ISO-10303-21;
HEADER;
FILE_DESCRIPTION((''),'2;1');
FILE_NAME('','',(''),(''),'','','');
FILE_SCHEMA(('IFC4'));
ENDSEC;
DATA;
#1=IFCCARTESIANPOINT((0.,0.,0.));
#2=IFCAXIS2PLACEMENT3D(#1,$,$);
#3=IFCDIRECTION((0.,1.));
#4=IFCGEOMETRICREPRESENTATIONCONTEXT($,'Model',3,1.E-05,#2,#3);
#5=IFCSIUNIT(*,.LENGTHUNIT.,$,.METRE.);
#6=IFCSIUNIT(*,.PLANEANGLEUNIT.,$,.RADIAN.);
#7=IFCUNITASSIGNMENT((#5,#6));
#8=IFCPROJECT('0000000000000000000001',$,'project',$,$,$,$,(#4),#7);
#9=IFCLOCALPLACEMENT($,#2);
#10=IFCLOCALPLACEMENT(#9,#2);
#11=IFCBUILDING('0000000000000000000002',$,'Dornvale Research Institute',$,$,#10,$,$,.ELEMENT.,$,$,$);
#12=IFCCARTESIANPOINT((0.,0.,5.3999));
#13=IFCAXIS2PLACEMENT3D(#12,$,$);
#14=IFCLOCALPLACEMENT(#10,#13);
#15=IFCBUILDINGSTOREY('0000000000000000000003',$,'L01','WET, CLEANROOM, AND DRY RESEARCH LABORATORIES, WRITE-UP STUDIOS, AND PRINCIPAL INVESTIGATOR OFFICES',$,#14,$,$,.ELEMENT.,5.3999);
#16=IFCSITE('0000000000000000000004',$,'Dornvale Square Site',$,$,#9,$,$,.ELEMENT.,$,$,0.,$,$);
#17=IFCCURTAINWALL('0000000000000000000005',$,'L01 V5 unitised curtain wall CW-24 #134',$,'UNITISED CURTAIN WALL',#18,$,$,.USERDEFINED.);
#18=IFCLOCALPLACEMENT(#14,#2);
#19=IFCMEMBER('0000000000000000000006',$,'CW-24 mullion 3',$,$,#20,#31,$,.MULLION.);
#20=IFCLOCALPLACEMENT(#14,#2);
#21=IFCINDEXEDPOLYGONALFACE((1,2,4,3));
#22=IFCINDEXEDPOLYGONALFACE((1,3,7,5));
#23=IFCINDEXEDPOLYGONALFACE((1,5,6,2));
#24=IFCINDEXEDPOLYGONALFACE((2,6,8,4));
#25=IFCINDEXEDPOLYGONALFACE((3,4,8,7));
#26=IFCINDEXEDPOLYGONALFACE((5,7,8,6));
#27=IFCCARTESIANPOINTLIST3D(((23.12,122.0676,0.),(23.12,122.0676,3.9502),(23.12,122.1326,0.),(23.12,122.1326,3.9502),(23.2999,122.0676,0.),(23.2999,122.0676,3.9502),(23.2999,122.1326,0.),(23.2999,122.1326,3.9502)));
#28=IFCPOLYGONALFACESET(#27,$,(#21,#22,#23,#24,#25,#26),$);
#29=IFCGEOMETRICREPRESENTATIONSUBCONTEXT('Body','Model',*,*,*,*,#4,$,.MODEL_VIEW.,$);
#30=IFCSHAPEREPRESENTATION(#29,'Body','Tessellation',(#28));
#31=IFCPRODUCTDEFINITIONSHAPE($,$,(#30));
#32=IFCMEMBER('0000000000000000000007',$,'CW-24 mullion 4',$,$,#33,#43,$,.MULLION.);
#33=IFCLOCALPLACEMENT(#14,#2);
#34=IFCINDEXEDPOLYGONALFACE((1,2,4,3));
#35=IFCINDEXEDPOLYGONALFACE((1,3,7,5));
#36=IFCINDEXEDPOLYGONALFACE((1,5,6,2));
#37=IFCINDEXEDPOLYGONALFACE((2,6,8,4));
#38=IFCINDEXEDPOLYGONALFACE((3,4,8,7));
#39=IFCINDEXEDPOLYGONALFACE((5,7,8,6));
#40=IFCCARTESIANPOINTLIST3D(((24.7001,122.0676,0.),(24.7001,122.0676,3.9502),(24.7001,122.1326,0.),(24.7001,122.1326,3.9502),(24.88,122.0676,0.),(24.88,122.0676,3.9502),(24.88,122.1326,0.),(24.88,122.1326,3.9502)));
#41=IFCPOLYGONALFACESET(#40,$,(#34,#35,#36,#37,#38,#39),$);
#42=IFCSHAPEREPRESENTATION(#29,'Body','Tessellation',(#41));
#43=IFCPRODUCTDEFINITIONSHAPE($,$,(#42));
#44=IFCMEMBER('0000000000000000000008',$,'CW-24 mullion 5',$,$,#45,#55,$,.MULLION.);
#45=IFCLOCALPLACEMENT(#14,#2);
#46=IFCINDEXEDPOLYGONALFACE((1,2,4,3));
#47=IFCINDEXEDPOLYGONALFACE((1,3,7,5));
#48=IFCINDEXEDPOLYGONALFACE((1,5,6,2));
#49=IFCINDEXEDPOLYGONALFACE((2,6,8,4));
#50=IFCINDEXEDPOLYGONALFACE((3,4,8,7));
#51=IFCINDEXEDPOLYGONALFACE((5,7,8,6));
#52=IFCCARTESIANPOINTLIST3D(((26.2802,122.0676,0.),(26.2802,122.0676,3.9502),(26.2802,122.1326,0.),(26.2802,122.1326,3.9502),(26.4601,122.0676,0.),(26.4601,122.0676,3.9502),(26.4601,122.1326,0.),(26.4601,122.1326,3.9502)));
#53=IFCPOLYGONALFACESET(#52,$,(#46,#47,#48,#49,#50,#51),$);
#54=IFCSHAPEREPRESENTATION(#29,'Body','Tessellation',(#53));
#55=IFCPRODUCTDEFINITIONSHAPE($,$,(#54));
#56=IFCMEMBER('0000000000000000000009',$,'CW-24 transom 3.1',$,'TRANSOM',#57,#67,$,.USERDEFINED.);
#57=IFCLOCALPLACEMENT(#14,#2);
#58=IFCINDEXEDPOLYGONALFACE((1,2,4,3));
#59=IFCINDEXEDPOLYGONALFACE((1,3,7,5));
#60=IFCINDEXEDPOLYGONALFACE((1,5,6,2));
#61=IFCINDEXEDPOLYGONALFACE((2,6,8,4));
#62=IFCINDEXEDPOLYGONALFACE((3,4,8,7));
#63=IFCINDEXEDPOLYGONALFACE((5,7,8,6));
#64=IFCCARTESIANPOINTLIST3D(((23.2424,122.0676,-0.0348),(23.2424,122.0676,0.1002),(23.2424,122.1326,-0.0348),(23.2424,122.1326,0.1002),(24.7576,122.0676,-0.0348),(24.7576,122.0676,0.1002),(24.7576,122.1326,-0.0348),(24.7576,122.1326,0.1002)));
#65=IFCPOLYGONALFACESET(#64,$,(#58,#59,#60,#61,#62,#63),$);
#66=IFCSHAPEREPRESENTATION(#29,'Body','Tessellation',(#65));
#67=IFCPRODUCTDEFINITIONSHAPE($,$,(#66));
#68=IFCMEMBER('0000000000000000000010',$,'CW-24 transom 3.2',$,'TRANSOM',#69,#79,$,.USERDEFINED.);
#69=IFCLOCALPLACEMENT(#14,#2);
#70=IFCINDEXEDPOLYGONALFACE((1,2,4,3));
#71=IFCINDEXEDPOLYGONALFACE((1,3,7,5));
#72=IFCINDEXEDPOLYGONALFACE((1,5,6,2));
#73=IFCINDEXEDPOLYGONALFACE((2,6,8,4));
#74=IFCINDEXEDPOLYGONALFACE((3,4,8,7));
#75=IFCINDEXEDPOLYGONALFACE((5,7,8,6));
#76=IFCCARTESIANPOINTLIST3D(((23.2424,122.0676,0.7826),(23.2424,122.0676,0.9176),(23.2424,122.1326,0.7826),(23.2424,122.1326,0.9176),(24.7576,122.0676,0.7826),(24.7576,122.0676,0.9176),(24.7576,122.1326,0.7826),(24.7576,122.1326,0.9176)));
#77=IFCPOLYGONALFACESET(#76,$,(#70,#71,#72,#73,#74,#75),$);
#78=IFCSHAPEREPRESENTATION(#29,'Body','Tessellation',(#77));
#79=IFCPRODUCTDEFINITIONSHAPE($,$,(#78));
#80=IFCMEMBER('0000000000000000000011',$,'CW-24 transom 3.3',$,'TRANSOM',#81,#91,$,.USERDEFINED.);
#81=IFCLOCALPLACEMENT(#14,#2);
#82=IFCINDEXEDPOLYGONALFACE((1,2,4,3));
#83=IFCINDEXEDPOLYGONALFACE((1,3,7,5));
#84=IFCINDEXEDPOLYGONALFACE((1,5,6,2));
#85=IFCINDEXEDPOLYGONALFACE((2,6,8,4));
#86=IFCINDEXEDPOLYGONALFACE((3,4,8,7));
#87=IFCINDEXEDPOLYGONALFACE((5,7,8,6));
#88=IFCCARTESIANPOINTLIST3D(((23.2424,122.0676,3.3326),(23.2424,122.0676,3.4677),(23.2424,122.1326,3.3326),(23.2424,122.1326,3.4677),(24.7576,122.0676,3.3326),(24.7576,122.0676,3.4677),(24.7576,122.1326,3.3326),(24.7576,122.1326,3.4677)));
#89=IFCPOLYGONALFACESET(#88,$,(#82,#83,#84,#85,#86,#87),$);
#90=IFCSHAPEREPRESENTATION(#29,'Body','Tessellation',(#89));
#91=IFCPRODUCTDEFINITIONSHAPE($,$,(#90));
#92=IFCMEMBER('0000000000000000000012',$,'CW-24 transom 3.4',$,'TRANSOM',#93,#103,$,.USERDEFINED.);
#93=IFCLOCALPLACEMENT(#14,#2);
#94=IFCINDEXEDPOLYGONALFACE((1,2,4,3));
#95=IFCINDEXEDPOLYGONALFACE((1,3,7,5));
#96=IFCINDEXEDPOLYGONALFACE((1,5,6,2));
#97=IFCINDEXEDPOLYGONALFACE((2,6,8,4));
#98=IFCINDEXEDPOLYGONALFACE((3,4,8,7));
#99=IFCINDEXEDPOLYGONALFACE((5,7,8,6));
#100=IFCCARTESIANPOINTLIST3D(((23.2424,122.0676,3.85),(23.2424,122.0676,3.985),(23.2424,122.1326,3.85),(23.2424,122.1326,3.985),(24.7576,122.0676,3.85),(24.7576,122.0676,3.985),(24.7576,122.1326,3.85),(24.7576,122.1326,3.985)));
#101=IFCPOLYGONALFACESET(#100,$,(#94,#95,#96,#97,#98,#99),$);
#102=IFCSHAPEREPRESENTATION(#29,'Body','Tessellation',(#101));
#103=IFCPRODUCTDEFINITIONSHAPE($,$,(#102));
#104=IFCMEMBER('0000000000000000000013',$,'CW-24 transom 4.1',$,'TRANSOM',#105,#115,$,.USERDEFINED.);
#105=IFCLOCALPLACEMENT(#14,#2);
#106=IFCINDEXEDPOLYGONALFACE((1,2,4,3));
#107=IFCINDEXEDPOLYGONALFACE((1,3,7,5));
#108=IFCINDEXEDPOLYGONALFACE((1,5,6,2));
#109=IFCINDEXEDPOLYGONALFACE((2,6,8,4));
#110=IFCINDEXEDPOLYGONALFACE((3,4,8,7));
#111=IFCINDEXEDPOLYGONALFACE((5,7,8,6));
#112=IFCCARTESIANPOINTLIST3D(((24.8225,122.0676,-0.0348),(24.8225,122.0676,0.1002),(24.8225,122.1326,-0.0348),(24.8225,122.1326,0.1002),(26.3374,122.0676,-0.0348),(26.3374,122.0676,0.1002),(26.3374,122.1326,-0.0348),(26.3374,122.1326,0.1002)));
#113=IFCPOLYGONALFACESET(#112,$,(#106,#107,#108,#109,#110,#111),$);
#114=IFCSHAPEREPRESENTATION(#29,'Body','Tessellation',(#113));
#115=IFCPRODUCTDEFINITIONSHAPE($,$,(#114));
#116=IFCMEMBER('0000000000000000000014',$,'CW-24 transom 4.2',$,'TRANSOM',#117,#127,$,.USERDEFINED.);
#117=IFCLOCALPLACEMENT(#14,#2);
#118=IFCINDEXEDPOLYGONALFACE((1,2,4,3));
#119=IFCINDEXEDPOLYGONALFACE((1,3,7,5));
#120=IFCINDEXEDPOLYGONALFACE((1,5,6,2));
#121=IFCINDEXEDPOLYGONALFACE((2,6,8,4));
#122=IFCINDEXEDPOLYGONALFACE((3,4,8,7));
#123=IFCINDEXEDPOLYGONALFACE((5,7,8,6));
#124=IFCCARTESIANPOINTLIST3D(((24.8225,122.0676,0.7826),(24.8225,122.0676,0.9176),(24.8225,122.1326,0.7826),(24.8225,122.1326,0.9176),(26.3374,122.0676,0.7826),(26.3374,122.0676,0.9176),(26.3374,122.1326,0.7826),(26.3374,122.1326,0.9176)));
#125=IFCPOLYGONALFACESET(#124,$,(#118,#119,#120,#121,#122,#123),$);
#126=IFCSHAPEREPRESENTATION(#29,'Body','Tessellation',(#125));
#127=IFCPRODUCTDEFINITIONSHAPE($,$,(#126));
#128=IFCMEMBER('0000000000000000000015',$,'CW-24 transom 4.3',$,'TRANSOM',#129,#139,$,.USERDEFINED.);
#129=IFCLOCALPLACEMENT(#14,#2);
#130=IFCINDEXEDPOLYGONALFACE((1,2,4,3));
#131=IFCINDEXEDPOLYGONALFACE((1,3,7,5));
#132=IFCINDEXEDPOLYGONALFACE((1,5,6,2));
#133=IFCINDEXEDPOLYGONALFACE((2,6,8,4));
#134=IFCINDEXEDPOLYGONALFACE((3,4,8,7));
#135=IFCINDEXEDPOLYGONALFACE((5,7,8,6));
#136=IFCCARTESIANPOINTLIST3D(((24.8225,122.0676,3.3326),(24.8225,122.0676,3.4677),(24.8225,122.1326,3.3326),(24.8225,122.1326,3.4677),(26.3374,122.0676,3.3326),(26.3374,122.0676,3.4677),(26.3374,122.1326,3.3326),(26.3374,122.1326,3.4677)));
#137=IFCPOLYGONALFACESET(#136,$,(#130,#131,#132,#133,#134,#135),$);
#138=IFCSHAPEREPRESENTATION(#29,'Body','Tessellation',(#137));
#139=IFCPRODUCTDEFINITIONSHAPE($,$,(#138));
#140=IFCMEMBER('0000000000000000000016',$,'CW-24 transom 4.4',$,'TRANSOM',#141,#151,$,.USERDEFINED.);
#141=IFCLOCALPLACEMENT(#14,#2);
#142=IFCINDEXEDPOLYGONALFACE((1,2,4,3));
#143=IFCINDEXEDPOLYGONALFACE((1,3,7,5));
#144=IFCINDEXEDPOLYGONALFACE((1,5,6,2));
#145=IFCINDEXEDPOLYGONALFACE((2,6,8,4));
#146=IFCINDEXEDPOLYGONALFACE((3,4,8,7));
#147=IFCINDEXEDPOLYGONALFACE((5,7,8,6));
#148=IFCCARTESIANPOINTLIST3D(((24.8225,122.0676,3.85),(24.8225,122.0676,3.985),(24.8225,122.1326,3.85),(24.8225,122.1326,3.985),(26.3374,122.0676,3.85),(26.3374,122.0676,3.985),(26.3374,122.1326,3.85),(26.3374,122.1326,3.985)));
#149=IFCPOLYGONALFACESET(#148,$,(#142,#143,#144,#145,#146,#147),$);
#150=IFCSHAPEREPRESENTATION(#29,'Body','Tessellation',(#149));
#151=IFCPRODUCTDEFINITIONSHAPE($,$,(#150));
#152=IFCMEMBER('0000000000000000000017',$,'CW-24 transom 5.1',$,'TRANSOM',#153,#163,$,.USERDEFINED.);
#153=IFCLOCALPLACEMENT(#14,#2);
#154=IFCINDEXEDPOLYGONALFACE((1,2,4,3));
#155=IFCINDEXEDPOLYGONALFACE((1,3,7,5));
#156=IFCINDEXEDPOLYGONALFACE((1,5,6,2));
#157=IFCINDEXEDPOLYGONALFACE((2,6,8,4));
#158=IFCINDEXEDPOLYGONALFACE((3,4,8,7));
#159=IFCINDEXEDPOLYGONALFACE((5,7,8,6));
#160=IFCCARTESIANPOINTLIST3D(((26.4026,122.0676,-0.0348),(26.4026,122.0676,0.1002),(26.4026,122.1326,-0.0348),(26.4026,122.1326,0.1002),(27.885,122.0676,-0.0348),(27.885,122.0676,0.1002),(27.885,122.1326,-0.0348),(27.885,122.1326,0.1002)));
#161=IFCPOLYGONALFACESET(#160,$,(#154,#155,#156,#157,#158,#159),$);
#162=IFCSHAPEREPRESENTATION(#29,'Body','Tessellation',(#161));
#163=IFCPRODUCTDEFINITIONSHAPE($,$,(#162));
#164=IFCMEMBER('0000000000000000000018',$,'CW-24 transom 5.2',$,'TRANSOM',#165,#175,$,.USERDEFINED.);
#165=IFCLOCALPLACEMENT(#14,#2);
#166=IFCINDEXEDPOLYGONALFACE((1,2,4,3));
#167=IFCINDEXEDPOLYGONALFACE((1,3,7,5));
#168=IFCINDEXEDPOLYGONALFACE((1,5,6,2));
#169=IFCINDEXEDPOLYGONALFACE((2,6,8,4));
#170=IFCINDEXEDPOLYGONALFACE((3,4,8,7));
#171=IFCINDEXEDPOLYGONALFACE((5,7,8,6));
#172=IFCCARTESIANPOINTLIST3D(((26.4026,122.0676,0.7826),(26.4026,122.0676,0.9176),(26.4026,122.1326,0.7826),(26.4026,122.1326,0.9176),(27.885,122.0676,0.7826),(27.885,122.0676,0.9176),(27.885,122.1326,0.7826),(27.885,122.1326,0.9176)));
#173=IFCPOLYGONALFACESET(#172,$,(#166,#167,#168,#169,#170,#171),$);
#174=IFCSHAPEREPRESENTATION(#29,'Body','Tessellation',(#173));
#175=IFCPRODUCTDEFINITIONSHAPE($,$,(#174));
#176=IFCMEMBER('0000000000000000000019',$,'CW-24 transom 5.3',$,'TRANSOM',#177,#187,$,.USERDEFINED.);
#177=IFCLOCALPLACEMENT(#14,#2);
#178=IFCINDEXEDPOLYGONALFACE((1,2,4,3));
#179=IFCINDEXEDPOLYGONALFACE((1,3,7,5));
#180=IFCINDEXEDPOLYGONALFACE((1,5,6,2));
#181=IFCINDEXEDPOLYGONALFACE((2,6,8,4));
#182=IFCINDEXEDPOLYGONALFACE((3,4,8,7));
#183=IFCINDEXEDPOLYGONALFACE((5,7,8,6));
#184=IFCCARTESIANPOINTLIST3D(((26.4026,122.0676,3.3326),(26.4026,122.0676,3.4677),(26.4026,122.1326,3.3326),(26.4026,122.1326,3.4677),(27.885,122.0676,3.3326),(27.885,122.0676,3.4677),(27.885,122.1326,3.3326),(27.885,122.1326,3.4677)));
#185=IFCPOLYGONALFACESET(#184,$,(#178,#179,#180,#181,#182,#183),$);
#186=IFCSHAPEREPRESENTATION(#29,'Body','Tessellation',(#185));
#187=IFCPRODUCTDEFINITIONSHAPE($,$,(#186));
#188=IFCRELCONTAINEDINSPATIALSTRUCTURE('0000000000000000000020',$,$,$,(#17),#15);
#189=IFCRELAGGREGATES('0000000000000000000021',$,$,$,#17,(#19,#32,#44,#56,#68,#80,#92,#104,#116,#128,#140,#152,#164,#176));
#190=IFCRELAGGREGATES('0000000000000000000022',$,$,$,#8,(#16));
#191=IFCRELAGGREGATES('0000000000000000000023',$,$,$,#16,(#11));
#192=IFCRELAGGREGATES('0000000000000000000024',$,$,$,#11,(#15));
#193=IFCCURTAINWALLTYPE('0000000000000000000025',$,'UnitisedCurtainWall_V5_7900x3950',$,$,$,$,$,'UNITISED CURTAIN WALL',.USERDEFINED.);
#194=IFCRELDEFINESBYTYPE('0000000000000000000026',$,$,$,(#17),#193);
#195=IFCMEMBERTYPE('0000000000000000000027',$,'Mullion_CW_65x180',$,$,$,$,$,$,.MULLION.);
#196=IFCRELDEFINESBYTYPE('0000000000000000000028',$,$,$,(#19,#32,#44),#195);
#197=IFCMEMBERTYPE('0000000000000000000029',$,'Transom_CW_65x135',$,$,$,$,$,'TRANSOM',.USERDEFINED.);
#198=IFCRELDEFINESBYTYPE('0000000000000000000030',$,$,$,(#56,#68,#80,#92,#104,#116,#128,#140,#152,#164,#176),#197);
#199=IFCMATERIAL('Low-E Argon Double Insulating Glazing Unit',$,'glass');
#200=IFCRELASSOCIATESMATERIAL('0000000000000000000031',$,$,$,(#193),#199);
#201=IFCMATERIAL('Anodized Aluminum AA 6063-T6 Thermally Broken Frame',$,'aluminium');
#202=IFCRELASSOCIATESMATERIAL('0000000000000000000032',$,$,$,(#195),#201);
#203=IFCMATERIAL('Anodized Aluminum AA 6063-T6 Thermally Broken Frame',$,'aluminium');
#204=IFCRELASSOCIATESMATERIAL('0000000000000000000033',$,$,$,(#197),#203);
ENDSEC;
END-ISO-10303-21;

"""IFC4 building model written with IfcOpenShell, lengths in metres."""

from ifc_helpers import new_model, si_unit, direction, frame, origin, origin_2d, place, context, subcontext, project, spatial, rectangle, extrude, material, material_profile, profile_set, type_object, element, aggregate, save


model = new_model("IFC4")

# Units and contexts
model_context = context("Model", 3, precision=1e-05, world=origin(), true_north=direction((0.0, 1.0)))
body_context = subcontext(model_context, "Body", "Model", "MODEL_VIEW")
ifc_project = project(units=[si_unit("LENGTHUNIT", "METRE"), si_unit("PLANEANGLEUNIT", "RADIAN")], contexts=[model_context])

# Site, building, storey
site_placement = place(None, origin())
site = spatial("IfcSite", under=ifc_project, at=site_placement, Name="Dornvale Square Site", CompositionType="ELEMENT", RefElevation=0.0)
building_placement = place(site_placement, origin())
building = spatial("IfcBuilding", under=site, at=building_placement, Name="Dornvale Research Institute", CompositionType="ELEMENT")
storey_placement = place(building_placement, frame((0.0, 0.0, 5.3999)))
storey = spatial("IfcBuildingStorey", under=building, at=storey_placement, Name="L01", Description="WET, CLEANROOM, AND DRY RESEARCH LABORATORIES, WRITE-UP STUDIOS, AND PRINCIPAL INVESTIGATOR OFFICES", CompositionType="ELEMENT", Elevation=5.3999)

# Curtain wall, members
ifc_material_1 = material(Name="Low-E Argon Double Insulating Glazing Unit", Category="glass")
curtain_wall_type = type_object("IfcCurtainWallType", Name="UnitisedCurtainWall_V5_7900x3950", ElementType="UNITISED CURTAIN WALL", PredefinedType="USERDEFINED", material=ifc_material_1)
curtain_wall_placement = place(storey_placement, origin())
curtain_wall = element("IfcCurtainWall", 1, at=curtain_wall_placement, inside=storey, type_object=curtain_wall_type, Name="L01 V5 unitised curtain wall CW-24 #134", ObjectType="UNITISED CURTAIN WALL", PredefinedType="USERDEFINED")
ifc_material_2 = material(Name="Anodized Aluminum AA 6063-T6 Thermally Broken Frame", Category="aluminium")
ifc_material_profile_1 = material_profile(ifc_material_2, rectangle(XDim=0.0649, YDim=0.1799, at=origin_2d()), Name="ALU MULLION 65x180")
ifc_profile_set_1 = profile_set([ifc_material_profile_1], Name="Anodized Aluminum AA 6063-T6 Thermally Broken Frame")
member_type_1 = type_object("IfcMemberType", Name="Mullion_CW_65x180", PredefinedType="MULLION", material=ifc_profile_set_1)
member_1_placement = place(storey_placement, frame((23.21, 122.1001, 0.0), z_axis=(0.0, 0.0, 1.0), x_axis=(0.0, 1.0, 0.0)))
member_1 = element("IfcMember", 2, at=member_1_placement, type_object=member_type_1, Name="CW-24 mullion 3", PredefinedType="MULLION", context=body_context, shape_type="SweptSolid", body=[
    extrude(rectangle(XDim=0.0649, YDim=0.1799, at=origin_2d()), origin(), (0.0, 0.0, 1.0), 3.9502),
])
member_2_placement = place(storey_placement, frame((24.79, 122.1001, 0.0), z_axis=(0.0, 0.0, 1.0), x_axis=(0.0, 1.0, 0.0)))
member_2 = element("IfcMember", 3, at=member_2_placement, type_object=member_type_1, Name="CW-24 mullion 4", PredefinedType="MULLION", context=body_context, shape_type="SweptSolid", body=[
    extrude(rectangle(XDim=0.0649, YDim=0.1799, at=origin_2d()), origin(), (0.0, 0.0, 1.0), 3.9502),
])
member_3_placement = place(storey_placement, frame((26.3701, 122.1001, 0.0), z_axis=(0.0, 0.0, 1.0), x_axis=(0.0, 1.0, 0.0)))
member_3 = element("IfcMember", 4, at=member_3_placement, type_object=member_type_1, Name="CW-24 mullion 5", PredefinedType="MULLION", context=body_context, shape_type="SweptSolid", body=[
    extrude(rectangle(XDim=0.0649, YDim=0.1799, at=origin_2d()), origin(), (0.0, 0.0, 1.0), 3.9502),
])
ifc_material_3 = material(Name="Anodized Aluminum AA 6063-T6 Thermally Broken Frame", Category="aluminium")
ifc_material_profile_2 = material_profile(ifc_material_3, rectangle(XDim=0.0649, YDim=0.135, at=origin_2d()), Name="ALU TRANSOM 65x135")
ifc_profile_set_2 = profile_set([ifc_material_profile_2], Name="Anodized Aluminum AA 6063-T6 Thermally Broken Frame")
member_type_2 = type_object("IfcMemberType", Name="Transom_CW_65x135", ElementType="TRANSOM", PredefinedType="USERDEFINED", material=ifc_profile_set_2)
member_4_placement = place(storey_placement, frame((23.2424, 122.1001, 0.0327), z_axis=(1.0, 0.0, 0.0), x_axis=(0.0, 1.0, 0.0)))
member_4 = element("IfcMember", 5, at=member_4_placement, type_object=member_type_2, Name="CW-24 transom 3.1", ObjectType="TRANSOM", PredefinedType="USERDEFINED", context=body_context, shape_type="SweptSolid", body=[
    extrude(rectangle(XDim=0.0649, YDim=0.135, at=origin_2d()), origin(), (0.0, 0.0, 1.0), 1.5151),
])
member_5_placement = place(storey_placement, frame((23.2424, 122.1001, 0.8501), z_axis=(1.0, 0.0, 0.0), x_axis=(0.0, 1.0, 0.0)))
member_5 = element("IfcMember", 6, at=member_5_placement, type_object=member_type_2, Name="CW-24 transom 3.2", ObjectType="TRANSOM", PredefinedType="USERDEFINED", context=body_context, shape_type="SweptSolid", body=[
    extrude(rectangle(XDim=0.0649, YDim=0.135, at=origin_2d()), origin(), (0.0, 0.0, 1.0), 1.5151),
])
member_6_placement = place(storey_placement, frame((23.2424, 122.1001, 3.4001), z_axis=(1.0, 0.0, 0.0), x_axis=(0.0, 1.0, 0.0)))
member_6 = element("IfcMember", 7, at=member_6_placement, type_object=member_type_2, Name="CW-24 transom 3.3", ObjectType="TRANSOM", PredefinedType="USERDEFINED", context=body_context, shape_type="SweptSolid", body=[
    extrude(rectangle(XDim=0.0649, YDim=0.135, at=origin_2d()), origin(), (0.0, 0.0, 1.0), 1.5151),
])
member_7_placement = place(storey_placement, frame((23.2424, 122.1001, 3.9175), z_axis=(1.0, 0.0, 0.0), x_axis=(0.0, 1.0, 0.0)))
member_7 = element("IfcMember", 8, at=member_7_placement, type_object=member_type_2, Name="CW-24 transom 3.4", ObjectType="TRANSOM", PredefinedType="USERDEFINED", context=body_context, shape_type="SweptSolid", body=[
    extrude(rectangle(XDim=0.0649, YDim=0.135, at=origin_2d()), origin(), (0.0, 0.0, 1.0), 1.5151),
])
member_8_placement = place(storey_placement, frame((24.8225, 122.1001, 0.0327), z_axis=(1.0, 0.0, 0.0), x_axis=(0.0, 1.0, 0.0)))
member_8 = element("IfcMember", 9, at=member_8_placement, type_object=member_type_2, Name="CW-24 transom 4.1", ObjectType="TRANSOM", PredefinedType="USERDEFINED", context=body_context, shape_type="SweptSolid", body=[
    extrude(rectangle(XDim=0.0649, YDim=0.135, at=origin_2d()), origin(), (0.0, 0.0, 1.0), 1.5149),
])
member_9_placement = place(storey_placement, frame((24.8225, 122.1001, 0.8501), z_axis=(1.0, 0.0, 0.0), x_axis=(0.0, 1.0, 0.0)))
member_9 = element("IfcMember", 10, at=member_9_placement, type_object=member_type_2, Name="CW-24 transom 4.2", ObjectType="TRANSOM", PredefinedType="USERDEFINED", context=body_context, shape_type="SweptSolid", body=[
    extrude(rectangle(XDim=0.0649, YDim=0.135, at=origin_2d()), origin(), (0.0, 0.0, 1.0), 1.5149),
])
member_10_placement = place(storey_placement, frame((24.8225, 122.1001, 3.4001), z_axis=(1.0, 0.0, 0.0), x_axis=(0.0, 1.0, 0.0)))
member_10 = element("IfcMember", 11, at=member_10_placement, type_object=member_type_2, Name="CW-24 transom 4.3", ObjectType="TRANSOM", PredefinedType="USERDEFINED", context=body_context, shape_type="SweptSolid", body=[
    extrude(rectangle(XDim=0.0649, YDim=0.135, at=origin_2d()), origin(), (0.0, 0.0, 1.0), 1.5149),
])
member_11_placement = place(storey_placement, frame((24.8225, 122.1001, 3.9175), z_axis=(1.0, 0.0, 0.0), x_axis=(0.0, 1.0, 0.0)))
member_11 = element("IfcMember", 12, at=member_11_placement, type_object=member_type_2, Name="CW-24 transom 4.4", ObjectType="TRANSOM", PredefinedType="USERDEFINED", context=body_context, shape_type="SweptSolid", body=[
    extrude(rectangle(XDim=0.0649, YDim=0.135, at=origin_2d()), origin(), (0.0, 0.0, 1.0), 1.5149),
])
member_12_placement = place(storey_placement, frame((26.4026, 122.1001, 0.0327), z_axis=(1.0, 0.0, 0.0), x_axis=(0.0, 1.0, 0.0)))
member_12 = element("IfcMember", 13, at=member_12_placement, type_object=member_type_2, Name="CW-24 transom 5.1", ObjectType="TRANSOM", PredefinedType="USERDEFINED", context=body_context, shape_type="SweptSolid", body=[
    extrude(rectangle(XDim=0.0649, YDim=0.135, at=origin_2d()), origin(), (0.0, 0.0, 1.0), 1.4824),
])
member_13_placement = place(storey_placement, frame((26.4026, 122.1001, 0.8501), z_axis=(1.0, 0.0, 0.0), x_axis=(0.0, 1.0, 0.0)))
member_13 = element("IfcMember", 14, at=member_13_placement, type_object=member_type_2, Name="CW-24 transom 5.2", ObjectType="TRANSOM", PredefinedType="USERDEFINED", context=body_context, shape_type="SweptSolid", body=[
    extrude(rectangle(XDim=0.0649, YDim=0.135, at=origin_2d()), origin(), (0.0, 0.0, 1.0), 1.4824),
])
member_14_placement = place(storey_placement, frame((26.4026, 122.1001, 3.4001), z_axis=(1.0, 0.0, 0.0), x_axis=(0.0, 1.0, 0.0)))
member_14 = element("IfcMember", 15, at=member_14_placement, type_object=member_type_2, Name="CW-24 transom 5.3", ObjectType="TRANSOM", PredefinedType="USERDEFINED", context=body_context, shape_type="SweptSolid", body=[
    extrude(rectangle(XDim=0.0649, YDim=0.135, at=origin_2d()), origin(), (0.0, 0.0, 1.0), 1.4824),
])
aggregate(curtain_wall, [member_1, member_2, member_3, member_4, member_5, member_6, member_7, member_8, member_9, member_10, member_11, member_12, member_13, member_14])

save(model, "model.ifc")
